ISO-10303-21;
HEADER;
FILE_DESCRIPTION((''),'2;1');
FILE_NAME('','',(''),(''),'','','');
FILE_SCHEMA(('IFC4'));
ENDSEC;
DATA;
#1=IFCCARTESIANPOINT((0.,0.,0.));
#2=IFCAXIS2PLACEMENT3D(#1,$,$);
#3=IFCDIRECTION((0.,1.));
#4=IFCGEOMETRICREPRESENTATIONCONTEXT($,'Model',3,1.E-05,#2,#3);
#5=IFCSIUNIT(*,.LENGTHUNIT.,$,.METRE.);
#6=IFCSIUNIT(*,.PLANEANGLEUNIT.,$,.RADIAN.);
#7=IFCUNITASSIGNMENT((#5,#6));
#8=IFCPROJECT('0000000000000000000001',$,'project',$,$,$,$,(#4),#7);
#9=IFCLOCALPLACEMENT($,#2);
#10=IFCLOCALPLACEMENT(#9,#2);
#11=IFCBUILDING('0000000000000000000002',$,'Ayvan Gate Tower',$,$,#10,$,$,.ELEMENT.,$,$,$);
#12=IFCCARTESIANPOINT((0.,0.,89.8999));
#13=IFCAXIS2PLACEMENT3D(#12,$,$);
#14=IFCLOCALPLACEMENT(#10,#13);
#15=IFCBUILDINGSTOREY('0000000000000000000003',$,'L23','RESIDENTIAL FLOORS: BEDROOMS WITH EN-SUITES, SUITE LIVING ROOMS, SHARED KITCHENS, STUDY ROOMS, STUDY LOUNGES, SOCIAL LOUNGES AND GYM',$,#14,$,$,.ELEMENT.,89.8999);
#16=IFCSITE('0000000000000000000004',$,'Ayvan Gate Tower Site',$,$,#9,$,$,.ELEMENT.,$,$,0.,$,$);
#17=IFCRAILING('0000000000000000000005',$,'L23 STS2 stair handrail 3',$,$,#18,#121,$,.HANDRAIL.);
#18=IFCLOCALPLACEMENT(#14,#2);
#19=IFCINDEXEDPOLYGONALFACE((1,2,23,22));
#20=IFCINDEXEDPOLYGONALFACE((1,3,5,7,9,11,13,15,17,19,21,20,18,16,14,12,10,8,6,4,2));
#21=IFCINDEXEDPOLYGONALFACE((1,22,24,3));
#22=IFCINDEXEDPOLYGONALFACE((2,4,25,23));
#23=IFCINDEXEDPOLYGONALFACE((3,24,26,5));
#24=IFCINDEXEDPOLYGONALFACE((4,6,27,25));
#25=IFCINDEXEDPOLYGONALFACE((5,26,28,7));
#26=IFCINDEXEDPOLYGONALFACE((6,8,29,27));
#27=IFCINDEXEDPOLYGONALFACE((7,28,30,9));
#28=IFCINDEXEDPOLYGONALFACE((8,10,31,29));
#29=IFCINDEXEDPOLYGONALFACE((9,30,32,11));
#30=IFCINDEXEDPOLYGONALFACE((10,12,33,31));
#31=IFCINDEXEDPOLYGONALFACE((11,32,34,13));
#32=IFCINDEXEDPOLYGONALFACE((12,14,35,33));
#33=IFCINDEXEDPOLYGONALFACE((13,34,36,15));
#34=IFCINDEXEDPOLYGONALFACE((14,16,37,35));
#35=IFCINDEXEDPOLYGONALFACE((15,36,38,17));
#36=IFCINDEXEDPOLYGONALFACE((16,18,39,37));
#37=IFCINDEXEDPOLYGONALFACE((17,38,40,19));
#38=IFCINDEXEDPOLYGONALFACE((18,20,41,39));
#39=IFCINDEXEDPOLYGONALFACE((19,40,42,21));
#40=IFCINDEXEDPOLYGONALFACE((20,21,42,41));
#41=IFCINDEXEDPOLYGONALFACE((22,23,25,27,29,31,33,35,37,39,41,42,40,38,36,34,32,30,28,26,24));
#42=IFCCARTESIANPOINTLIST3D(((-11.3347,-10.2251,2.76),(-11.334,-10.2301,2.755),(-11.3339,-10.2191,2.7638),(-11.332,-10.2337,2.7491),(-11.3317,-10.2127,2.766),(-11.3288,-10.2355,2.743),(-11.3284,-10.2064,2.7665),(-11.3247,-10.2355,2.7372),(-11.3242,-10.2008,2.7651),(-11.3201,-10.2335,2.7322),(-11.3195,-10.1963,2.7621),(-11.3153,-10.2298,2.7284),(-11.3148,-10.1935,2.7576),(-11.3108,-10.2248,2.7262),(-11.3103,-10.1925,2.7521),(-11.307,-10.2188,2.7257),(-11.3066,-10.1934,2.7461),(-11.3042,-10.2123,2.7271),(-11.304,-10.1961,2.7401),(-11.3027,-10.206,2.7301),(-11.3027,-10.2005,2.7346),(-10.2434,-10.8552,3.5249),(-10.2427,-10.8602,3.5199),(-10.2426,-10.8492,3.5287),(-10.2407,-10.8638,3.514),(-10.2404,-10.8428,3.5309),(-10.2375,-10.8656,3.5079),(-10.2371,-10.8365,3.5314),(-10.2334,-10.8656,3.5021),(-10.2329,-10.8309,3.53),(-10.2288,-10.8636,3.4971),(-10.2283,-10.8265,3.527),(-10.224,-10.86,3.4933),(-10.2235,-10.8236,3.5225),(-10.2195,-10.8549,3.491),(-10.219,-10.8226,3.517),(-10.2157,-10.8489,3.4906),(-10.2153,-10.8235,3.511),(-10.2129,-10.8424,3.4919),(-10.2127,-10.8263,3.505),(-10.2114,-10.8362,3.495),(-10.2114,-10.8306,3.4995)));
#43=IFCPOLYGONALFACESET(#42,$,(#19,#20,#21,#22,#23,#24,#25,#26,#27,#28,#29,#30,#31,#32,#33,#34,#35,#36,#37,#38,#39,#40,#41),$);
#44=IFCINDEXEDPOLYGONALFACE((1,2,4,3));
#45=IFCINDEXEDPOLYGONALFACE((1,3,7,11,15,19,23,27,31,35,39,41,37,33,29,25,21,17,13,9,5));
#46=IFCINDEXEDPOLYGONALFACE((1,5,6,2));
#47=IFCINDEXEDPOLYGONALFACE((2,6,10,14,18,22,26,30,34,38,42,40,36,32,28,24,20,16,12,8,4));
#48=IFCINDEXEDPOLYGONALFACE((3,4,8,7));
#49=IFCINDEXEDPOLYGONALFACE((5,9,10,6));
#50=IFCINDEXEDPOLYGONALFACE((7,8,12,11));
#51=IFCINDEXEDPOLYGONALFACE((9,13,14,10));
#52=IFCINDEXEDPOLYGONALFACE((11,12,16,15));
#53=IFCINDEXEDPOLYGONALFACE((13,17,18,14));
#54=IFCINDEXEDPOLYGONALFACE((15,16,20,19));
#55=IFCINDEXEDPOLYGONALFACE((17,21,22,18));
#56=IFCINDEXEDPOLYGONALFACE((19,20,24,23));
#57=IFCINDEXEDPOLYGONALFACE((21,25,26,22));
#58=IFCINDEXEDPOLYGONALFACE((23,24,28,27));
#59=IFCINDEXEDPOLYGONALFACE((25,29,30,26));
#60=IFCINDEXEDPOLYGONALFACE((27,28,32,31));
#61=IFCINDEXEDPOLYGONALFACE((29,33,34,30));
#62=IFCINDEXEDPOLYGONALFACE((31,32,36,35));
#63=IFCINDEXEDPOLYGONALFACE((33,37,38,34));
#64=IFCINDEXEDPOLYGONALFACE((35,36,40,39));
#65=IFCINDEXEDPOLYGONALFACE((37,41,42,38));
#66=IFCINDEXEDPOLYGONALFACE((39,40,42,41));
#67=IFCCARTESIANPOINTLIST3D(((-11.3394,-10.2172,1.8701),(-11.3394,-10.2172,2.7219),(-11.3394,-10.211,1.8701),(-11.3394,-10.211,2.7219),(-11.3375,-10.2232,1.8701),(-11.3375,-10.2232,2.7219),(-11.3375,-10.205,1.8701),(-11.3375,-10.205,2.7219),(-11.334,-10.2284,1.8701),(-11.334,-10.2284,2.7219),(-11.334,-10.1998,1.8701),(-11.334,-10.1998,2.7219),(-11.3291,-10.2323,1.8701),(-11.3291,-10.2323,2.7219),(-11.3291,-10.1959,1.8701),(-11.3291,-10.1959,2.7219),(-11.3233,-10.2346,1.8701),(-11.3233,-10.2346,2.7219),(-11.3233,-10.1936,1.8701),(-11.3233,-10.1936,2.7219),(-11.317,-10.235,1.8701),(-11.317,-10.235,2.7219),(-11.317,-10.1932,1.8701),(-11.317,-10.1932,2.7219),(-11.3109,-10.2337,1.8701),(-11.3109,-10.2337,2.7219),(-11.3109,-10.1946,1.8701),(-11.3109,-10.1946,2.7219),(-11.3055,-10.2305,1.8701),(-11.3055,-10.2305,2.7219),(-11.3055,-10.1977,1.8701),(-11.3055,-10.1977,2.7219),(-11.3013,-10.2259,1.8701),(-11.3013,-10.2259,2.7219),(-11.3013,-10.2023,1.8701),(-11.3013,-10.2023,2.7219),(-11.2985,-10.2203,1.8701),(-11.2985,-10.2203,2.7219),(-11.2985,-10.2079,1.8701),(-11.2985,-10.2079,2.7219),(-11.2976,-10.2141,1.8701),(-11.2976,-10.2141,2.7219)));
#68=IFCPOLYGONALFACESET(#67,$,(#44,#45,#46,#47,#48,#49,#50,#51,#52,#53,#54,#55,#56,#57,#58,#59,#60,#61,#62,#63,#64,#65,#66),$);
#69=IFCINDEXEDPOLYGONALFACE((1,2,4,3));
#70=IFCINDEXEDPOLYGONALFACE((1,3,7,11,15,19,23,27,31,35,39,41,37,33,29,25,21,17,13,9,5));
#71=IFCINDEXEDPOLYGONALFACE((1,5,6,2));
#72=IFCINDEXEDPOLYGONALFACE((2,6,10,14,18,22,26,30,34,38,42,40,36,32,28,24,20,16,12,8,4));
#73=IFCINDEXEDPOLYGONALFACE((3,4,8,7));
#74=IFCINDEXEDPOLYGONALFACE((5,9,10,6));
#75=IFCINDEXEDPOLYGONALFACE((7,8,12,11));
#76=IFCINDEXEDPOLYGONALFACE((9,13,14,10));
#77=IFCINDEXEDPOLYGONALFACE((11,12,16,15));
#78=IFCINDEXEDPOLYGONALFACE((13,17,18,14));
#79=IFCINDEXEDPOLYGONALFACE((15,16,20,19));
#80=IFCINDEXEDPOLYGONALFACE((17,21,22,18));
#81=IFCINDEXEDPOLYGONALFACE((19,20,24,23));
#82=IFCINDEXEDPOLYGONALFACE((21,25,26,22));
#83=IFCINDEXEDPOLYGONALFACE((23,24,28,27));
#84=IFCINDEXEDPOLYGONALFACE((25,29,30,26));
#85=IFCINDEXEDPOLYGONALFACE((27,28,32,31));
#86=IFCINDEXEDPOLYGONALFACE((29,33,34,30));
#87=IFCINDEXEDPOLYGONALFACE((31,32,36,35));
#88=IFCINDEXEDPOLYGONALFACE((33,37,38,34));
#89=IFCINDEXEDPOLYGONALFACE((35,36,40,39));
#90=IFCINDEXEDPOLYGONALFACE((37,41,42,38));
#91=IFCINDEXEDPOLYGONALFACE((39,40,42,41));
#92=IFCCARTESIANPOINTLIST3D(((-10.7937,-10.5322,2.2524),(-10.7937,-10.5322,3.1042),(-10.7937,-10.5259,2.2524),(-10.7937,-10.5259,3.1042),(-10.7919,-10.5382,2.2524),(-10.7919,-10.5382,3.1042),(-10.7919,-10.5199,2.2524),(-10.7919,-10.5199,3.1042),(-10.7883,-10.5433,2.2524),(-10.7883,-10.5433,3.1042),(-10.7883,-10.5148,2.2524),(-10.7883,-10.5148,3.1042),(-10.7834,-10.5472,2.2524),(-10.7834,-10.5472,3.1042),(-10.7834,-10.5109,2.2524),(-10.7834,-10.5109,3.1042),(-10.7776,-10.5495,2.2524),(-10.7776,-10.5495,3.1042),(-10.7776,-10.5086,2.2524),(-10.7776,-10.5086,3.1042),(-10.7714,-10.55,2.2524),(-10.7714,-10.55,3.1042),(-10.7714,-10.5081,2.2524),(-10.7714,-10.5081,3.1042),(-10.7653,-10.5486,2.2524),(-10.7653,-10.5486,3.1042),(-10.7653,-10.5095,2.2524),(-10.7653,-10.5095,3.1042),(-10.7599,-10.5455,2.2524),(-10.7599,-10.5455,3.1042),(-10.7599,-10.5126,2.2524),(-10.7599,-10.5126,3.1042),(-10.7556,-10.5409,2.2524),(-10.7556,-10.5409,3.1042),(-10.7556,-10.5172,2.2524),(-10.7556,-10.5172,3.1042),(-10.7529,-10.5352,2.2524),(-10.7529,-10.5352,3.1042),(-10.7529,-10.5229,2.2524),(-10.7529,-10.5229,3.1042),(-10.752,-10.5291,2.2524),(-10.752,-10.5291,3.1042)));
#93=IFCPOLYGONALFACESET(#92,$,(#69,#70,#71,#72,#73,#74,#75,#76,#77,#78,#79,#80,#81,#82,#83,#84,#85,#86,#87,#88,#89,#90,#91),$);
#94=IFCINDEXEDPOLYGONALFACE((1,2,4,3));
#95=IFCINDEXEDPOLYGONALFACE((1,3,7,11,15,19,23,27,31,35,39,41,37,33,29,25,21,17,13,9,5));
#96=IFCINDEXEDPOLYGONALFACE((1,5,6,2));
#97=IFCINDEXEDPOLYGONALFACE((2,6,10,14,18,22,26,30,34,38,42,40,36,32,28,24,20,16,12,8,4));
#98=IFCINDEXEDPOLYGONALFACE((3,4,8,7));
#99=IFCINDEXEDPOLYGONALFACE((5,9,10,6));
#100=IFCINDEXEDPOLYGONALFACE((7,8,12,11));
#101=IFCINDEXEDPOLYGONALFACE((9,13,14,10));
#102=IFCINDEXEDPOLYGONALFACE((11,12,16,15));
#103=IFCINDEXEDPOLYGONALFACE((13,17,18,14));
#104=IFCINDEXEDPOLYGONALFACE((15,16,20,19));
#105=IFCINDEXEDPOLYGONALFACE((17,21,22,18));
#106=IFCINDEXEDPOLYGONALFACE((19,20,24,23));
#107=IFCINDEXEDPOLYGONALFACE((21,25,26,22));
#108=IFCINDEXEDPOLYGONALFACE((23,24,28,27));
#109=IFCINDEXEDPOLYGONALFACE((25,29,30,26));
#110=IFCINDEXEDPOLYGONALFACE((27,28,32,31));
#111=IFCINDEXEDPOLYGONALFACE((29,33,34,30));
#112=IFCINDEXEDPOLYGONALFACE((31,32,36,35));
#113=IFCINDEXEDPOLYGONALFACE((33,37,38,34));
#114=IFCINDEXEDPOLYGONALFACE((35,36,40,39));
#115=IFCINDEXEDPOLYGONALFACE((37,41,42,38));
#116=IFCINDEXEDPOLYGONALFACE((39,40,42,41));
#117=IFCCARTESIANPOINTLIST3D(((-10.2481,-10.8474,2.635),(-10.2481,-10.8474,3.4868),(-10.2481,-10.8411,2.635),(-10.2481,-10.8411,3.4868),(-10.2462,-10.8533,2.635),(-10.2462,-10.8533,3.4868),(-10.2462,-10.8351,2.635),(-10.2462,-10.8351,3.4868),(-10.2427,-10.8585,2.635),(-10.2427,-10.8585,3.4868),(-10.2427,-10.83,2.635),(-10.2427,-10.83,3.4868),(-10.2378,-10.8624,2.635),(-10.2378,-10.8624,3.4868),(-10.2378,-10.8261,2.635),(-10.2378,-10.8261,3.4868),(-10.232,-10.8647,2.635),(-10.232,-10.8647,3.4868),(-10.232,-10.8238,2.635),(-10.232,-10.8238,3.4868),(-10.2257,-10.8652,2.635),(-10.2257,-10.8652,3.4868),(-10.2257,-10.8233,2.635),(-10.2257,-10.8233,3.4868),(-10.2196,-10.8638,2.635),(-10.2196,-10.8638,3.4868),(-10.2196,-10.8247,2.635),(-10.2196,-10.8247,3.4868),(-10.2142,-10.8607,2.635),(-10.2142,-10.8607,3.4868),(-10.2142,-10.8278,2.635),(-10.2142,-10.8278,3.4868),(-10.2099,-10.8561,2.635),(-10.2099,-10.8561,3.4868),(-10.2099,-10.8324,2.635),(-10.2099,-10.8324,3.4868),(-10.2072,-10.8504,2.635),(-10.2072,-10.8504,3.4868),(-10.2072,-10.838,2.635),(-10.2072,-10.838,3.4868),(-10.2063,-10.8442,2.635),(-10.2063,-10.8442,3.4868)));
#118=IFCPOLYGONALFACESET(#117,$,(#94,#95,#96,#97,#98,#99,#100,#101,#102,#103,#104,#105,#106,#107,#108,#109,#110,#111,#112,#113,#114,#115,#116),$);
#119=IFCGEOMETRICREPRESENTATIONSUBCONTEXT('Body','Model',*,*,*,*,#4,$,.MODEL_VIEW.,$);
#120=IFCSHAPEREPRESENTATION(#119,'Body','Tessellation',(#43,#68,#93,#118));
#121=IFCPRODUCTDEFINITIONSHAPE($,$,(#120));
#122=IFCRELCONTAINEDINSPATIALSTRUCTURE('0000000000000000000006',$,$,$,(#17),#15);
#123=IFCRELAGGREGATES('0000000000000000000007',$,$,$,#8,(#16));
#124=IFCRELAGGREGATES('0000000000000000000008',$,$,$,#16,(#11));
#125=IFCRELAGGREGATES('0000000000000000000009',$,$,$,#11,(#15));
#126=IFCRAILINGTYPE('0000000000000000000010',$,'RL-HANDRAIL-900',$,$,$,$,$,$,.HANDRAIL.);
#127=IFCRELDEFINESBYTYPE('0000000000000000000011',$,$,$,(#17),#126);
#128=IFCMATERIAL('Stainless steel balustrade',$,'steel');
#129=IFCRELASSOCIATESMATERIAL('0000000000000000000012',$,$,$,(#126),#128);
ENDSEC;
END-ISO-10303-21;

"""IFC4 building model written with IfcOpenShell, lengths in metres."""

from ifc_helpers import new_model, si_unit, direction, frame, origin, origin_2d, place, context, subcontext, project, spatial, circle, extrude, material, type_object, element, save


model = new_model("IFC4")

# Units and contexts
model_context = context("Model", 3, precision=1e-05, world=origin(), true_north=direction((0.0, 1.0)))
body_context = subcontext(model_context, "Body", "Model", "MODEL_VIEW")
ifc_project = project(units=[si_unit("LENGTHUNIT", "METRE"), si_unit("PLANEANGLEUNIT", "RADIAN")], contexts=[model_context])

# Site, building, storey
site_placement = place(None, origin())
site = spatial("IfcSite", under=ifc_project, at=site_placement, Name="Ayvan Gate Tower Site", CompositionType="ELEMENT", RefElevation=0.0)
building_placement = place(site_placement, origin())
building = spatial("IfcBuilding", under=site, at=building_placement, Name="Ayvan Gate Tower", CompositionType="ELEMENT")
storey_placement = place(building_placement, frame((0.0, 0.0, 89.8999)))
storey = spatial("IfcBuildingStorey", under=building, at=storey_placement, Name="L23", Description="RESIDENTIAL FLOORS: BEDROOMS WITH EN-SUITES, SUITE LIVING ROOMS, SHARED KITCHENS, STUDY ROOMS, STUDY LOUNGES, SOCIAL LOUNGES AND GYM", CompositionType="ELEMENT", Elevation=89.8999)

# Railing
ifc_material_1 = material(Name="Stainless steel balustrade", Category="steel")
railing_type_1 = type_object("IfcRailingType", Name="RL-HANDRAIL-900", PredefinedType="HANDRAIL", material=ifc_material_1)
railing_1_placement = place(storey_placement, frame((-11.3186, -10.2141, 1.8701)))
element("IfcRailing", 1, at=railing_1_placement, inside=storey, type_object=railing_type_1, Name="L23 STS2 stair handrail 3", PredefinedType="HANDRAIL", context=body_context, shape_type="SweptSolid", body=[
    extrude(circle(Radius=0.0239, at=origin_2d()), frame((0.0, 0.0, 0.876), z_axis=(0.740304, -0.427455, 0.518875), x_axis=(0.500035, 0.866005, 0.0)), (0.0, 0.0, 1.0), 1.4741),
    extrude(circle(Radius=0.021, at=origin_2d()), origin(), (0.0, 0.0, 1.0), 0.8518),
    extrude(circle(Radius=0.021, at=origin_2d()), frame((0.5457, -0.3149, 0.3823)), (0.0, 0.0, 1.0), 0.8518),
    extrude(circle(Radius=0.021, at=origin_2d()), frame((1.0913, -0.6301, 0.7649)), (0.0, 0.0, 1.0), 0.8518),
])

save(model, "model.ifc")
